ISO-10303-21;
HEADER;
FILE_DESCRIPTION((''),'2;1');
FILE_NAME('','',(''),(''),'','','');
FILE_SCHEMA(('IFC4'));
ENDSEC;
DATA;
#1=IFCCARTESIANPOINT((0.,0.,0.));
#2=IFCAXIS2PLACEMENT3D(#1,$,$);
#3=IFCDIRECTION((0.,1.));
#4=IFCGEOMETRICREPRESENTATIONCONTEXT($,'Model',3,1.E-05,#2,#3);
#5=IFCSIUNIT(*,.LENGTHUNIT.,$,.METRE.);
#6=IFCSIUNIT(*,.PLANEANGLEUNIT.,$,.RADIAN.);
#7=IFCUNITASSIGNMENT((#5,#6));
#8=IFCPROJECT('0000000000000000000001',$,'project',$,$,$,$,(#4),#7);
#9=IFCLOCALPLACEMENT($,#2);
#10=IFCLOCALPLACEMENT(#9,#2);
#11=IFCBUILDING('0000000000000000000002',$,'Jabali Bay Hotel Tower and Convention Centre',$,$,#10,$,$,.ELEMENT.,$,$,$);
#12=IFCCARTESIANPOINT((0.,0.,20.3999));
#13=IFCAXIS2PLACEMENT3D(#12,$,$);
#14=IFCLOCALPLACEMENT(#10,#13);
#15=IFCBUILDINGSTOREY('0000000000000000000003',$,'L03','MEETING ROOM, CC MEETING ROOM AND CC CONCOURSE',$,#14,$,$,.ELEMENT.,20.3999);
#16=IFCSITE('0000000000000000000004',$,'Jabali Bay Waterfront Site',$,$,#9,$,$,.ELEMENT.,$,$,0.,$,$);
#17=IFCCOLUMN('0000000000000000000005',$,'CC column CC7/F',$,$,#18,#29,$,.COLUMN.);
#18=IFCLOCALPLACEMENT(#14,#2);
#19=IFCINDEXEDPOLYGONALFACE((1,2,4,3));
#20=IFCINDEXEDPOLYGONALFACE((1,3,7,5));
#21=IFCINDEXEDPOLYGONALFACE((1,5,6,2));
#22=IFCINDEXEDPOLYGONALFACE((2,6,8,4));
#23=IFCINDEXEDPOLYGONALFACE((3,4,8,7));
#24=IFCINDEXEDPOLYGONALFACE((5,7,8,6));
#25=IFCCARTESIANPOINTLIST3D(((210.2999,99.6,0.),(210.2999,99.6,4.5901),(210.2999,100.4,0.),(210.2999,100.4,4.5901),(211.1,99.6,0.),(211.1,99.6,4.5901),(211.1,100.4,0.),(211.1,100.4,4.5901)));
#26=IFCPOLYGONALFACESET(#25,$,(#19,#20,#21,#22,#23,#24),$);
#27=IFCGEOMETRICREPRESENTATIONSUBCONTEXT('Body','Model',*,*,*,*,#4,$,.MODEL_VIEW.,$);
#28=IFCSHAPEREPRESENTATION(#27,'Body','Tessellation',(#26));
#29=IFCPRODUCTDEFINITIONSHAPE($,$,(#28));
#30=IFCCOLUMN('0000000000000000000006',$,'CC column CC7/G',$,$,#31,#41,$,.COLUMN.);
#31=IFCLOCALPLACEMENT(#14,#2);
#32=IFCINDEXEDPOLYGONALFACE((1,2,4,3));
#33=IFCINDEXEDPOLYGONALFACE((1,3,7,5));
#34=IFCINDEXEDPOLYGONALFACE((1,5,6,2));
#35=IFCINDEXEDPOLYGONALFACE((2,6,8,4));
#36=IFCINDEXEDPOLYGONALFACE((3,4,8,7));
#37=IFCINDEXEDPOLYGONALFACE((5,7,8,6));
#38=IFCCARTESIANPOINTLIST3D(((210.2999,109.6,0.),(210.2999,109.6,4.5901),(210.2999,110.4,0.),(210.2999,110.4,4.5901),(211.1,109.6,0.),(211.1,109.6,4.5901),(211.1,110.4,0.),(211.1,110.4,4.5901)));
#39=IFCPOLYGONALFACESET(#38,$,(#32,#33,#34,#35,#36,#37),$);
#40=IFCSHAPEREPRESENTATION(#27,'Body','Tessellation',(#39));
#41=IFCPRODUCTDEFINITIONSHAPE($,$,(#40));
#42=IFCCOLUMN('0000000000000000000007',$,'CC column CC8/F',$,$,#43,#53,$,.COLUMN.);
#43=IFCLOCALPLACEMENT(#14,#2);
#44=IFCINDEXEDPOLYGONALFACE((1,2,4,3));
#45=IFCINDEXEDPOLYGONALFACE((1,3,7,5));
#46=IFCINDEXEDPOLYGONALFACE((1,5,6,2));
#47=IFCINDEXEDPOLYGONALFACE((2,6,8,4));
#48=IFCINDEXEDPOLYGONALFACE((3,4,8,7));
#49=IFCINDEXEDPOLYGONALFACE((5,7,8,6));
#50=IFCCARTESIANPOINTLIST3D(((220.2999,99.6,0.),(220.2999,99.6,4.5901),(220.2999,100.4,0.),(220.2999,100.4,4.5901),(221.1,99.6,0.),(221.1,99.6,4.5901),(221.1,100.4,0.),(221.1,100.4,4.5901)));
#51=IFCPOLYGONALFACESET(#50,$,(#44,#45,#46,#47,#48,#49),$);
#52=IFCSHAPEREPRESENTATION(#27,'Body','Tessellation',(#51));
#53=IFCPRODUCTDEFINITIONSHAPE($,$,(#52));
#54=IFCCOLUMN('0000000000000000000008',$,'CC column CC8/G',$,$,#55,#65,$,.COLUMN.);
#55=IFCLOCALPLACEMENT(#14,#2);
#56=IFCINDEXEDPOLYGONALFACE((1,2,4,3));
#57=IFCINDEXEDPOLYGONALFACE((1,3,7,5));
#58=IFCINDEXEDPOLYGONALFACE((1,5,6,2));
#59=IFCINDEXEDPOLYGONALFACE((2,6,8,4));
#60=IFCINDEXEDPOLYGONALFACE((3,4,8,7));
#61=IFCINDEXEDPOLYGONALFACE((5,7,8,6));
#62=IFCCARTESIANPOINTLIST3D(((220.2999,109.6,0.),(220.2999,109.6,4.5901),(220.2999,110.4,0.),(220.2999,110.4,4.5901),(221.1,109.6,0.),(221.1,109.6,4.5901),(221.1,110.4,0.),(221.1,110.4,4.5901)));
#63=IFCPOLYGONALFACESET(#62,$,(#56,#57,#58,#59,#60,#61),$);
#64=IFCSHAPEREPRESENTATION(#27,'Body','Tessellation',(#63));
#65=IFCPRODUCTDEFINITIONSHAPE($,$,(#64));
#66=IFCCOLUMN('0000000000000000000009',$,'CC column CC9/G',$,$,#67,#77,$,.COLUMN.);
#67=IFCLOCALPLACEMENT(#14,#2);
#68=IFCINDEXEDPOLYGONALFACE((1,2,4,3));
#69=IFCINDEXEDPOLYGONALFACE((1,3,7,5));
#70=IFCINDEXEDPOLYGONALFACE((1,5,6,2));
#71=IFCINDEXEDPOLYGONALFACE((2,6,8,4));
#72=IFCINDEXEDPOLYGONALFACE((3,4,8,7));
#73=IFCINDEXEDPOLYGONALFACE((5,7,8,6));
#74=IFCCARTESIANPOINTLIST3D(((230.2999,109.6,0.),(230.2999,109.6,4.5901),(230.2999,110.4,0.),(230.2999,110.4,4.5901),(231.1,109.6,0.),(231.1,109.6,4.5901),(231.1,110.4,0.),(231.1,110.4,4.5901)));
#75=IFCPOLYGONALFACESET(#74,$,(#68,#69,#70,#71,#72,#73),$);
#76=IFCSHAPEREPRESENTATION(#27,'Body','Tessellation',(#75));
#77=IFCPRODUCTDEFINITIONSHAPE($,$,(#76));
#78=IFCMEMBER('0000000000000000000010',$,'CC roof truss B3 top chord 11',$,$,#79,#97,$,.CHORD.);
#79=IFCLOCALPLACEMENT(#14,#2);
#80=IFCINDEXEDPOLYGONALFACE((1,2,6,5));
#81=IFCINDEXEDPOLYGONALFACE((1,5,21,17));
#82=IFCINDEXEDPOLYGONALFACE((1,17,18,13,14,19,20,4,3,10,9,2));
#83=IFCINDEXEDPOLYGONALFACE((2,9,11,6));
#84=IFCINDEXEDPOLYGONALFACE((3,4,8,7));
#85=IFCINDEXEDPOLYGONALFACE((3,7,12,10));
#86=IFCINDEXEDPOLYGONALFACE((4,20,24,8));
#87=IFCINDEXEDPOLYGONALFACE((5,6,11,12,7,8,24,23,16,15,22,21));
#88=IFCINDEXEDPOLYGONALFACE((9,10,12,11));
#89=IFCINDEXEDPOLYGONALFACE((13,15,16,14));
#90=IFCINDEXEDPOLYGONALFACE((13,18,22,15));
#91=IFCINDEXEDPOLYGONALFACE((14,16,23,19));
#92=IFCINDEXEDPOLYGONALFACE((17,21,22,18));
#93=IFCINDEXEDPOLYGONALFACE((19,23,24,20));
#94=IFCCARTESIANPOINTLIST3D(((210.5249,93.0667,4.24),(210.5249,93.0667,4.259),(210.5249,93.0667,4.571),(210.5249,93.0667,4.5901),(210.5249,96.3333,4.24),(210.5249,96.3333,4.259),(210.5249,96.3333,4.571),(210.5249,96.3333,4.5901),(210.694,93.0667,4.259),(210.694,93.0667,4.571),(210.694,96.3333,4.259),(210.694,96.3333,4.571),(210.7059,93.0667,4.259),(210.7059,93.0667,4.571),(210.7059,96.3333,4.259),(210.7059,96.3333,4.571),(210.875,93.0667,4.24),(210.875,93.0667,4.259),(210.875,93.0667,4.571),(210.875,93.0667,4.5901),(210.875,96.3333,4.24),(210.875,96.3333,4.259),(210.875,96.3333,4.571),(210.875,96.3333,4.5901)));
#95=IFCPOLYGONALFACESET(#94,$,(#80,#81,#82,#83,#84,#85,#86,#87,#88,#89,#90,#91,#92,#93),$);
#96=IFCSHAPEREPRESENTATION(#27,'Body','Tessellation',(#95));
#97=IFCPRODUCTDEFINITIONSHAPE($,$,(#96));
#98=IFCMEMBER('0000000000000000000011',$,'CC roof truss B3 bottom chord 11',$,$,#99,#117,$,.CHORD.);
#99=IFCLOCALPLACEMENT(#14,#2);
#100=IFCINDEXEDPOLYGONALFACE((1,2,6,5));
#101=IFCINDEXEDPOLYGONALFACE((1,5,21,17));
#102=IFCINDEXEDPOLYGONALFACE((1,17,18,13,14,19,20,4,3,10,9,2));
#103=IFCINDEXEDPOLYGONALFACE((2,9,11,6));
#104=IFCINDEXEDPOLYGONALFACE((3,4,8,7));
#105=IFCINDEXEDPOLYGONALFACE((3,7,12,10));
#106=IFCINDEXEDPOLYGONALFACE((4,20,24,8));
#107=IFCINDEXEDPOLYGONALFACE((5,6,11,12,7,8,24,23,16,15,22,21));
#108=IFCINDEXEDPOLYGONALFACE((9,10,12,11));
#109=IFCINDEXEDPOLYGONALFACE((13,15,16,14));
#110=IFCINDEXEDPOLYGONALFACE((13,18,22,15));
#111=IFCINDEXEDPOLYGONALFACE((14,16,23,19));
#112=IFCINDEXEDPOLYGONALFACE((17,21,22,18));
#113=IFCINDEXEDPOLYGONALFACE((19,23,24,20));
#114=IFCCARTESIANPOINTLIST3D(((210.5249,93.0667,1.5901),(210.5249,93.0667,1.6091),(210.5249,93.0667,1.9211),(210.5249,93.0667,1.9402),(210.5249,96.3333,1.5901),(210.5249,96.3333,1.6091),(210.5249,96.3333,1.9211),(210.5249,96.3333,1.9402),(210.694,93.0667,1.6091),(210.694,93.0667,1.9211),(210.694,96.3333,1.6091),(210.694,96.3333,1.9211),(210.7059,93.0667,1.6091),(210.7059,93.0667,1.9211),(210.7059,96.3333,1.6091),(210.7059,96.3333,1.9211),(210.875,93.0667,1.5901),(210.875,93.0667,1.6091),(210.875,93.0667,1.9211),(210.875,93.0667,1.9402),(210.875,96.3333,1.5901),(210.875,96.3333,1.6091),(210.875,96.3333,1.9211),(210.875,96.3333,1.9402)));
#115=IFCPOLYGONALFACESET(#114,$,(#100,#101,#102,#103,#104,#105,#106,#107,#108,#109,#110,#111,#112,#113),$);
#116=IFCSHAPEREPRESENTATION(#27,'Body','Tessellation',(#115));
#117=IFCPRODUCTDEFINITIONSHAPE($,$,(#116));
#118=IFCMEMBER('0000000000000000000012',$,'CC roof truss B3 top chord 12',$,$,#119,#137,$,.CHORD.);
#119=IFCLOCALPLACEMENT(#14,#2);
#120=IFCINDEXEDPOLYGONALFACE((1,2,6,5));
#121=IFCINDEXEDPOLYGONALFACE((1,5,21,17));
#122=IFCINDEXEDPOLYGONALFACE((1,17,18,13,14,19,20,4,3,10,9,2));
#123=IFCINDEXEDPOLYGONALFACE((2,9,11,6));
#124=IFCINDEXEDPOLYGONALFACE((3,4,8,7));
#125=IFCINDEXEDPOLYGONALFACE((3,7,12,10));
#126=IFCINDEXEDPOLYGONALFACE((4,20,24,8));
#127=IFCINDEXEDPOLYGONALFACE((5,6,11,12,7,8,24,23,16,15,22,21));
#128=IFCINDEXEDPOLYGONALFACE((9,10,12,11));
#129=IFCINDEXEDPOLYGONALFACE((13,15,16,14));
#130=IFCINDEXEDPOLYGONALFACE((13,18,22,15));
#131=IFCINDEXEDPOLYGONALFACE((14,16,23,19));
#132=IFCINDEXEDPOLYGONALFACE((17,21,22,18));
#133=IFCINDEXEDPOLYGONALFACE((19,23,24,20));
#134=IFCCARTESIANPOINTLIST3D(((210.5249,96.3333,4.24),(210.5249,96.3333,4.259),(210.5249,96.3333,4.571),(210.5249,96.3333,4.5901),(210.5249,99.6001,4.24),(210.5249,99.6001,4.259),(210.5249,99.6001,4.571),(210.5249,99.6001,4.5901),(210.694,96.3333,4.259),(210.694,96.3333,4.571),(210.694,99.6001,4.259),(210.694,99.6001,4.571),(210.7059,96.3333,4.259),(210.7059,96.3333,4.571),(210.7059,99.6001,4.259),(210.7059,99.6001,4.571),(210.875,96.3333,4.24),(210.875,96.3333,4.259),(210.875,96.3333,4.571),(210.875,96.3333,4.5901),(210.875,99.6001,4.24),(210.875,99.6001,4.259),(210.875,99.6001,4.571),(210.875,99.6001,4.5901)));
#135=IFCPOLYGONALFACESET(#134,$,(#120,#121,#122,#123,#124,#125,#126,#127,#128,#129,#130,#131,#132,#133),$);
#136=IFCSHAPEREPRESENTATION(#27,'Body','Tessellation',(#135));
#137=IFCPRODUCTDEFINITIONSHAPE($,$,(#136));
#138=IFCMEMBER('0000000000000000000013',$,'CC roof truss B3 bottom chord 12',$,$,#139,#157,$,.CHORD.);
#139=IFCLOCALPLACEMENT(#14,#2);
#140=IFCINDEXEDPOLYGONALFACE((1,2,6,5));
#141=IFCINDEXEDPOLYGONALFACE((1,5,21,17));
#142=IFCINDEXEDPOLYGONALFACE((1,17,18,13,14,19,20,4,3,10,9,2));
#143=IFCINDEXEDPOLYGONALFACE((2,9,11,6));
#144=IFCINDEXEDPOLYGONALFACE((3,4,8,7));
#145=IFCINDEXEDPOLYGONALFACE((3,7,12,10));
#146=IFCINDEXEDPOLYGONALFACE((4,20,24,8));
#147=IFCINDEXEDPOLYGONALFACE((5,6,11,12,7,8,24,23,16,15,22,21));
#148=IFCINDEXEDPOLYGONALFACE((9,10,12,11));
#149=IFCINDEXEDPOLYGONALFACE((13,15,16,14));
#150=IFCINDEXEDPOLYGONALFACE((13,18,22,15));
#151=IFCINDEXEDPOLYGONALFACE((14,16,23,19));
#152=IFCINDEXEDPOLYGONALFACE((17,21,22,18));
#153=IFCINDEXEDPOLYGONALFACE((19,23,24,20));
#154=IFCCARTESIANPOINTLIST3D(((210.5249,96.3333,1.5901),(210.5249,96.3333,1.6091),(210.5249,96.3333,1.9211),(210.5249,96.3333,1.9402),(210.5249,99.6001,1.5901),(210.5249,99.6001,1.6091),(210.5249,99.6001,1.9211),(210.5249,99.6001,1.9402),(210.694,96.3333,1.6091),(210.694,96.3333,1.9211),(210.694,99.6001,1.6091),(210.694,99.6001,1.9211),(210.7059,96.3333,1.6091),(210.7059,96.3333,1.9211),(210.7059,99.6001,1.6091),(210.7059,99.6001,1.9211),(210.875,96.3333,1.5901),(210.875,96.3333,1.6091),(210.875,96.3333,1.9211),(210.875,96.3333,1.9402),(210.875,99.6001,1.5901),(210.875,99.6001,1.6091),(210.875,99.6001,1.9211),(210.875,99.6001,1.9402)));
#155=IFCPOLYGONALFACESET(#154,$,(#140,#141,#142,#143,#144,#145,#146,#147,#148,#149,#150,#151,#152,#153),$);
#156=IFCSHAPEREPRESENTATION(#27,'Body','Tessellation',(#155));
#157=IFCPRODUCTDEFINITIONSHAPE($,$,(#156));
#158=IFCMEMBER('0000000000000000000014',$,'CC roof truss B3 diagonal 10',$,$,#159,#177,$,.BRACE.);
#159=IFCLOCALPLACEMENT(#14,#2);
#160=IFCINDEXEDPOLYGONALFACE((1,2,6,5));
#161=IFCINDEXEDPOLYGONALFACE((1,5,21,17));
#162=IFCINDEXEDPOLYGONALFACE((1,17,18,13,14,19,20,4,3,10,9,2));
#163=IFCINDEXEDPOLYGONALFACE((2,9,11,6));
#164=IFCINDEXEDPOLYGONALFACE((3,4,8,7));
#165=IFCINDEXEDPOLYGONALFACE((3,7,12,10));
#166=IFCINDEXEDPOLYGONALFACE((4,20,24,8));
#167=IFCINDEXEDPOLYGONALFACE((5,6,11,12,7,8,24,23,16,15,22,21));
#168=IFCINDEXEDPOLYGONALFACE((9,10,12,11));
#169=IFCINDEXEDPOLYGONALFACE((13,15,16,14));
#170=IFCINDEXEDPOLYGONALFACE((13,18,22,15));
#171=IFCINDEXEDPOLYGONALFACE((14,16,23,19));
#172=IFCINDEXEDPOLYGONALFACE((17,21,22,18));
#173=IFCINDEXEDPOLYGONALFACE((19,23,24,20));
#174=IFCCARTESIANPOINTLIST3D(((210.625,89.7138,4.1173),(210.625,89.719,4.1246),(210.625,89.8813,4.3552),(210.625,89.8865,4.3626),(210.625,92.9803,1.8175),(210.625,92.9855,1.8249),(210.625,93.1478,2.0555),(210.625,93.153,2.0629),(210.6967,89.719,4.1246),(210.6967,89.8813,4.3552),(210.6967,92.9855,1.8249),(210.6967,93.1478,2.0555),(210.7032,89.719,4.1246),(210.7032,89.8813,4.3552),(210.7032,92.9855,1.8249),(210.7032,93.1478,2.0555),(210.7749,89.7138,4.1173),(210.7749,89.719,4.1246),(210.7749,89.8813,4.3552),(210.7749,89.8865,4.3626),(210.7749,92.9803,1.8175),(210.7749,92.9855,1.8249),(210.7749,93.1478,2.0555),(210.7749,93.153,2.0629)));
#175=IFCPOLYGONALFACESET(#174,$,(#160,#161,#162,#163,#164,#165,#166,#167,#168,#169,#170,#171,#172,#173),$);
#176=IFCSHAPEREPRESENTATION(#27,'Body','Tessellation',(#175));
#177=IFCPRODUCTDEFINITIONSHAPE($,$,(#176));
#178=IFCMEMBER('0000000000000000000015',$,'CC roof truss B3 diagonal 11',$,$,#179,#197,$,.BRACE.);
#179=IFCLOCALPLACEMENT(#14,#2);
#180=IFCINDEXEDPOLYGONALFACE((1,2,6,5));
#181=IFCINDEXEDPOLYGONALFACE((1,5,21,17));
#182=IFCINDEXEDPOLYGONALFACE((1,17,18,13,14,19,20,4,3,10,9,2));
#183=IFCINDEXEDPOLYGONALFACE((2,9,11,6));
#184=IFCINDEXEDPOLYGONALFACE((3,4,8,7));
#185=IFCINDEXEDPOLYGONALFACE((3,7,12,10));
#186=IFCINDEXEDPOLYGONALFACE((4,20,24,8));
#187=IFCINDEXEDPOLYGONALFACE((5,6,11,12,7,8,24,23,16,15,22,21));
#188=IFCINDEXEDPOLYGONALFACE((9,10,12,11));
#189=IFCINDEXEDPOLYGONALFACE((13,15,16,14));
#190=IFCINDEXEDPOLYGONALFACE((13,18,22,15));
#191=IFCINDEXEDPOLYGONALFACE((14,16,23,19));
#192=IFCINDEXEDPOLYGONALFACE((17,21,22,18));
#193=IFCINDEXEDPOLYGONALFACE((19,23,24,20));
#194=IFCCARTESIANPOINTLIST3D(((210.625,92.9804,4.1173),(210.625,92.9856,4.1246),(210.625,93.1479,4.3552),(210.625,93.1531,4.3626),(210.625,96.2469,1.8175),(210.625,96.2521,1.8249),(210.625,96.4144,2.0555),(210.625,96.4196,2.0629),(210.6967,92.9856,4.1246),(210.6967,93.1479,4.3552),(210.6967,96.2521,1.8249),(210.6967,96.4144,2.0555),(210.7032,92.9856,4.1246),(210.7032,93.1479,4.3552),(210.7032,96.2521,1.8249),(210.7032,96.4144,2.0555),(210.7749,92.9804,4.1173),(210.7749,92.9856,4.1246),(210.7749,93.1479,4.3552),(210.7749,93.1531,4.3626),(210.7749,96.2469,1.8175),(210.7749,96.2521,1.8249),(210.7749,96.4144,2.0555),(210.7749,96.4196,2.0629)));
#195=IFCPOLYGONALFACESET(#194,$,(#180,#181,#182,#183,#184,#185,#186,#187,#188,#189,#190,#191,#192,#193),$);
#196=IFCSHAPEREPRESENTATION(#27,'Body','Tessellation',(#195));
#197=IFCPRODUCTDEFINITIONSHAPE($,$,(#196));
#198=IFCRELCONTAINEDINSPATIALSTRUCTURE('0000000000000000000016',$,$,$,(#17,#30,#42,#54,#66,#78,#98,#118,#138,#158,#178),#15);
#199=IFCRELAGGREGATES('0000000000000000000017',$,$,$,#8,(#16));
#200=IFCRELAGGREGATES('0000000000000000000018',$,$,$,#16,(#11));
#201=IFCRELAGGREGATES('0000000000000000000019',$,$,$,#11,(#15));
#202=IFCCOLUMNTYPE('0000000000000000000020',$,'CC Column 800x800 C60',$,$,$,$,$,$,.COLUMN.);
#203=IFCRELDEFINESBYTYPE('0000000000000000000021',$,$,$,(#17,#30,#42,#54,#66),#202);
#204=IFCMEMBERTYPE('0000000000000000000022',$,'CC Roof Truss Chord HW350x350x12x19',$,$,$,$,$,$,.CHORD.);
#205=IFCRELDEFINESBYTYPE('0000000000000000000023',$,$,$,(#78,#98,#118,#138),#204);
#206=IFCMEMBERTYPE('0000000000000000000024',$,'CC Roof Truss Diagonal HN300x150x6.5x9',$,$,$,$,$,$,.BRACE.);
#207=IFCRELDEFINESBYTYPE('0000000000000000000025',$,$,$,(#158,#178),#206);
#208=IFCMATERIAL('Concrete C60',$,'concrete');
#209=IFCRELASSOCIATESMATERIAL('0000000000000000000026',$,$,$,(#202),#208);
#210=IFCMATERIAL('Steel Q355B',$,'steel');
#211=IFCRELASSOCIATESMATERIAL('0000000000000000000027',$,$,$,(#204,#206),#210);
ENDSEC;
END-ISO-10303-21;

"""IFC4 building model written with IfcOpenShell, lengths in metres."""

from ifc_helpers import new_model, si_unit, direction, frame, origin, origin_2d, place, context, subcontext, project, spatial, rectangle, i_section, extrude, material, material_profile, profile_set, type_object, element, save


model = new_model("IFC4")

# Units and contexts
model_context = context("Model", 3, precision=1e-05, world=origin(), true_north=direction((0.0, 1.0)))
body_context = subcontext(model_context, "Body", "Model", "MODEL_VIEW")
ifc_project = project(units=[si_unit("LENGTHUNIT", "METRE"), si_unit("PLANEANGLEUNIT", "RADIAN")], contexts=[model_context])

# Site, building, storey
site_placement = place(None, origin())
site = spatial("IfcSite", under=ifc_project, at=site_placement, Name="Jabali Bay Waterfront Site", CompositionType="ELEMENT", RefElevation=0.0)
building_placement = place(site_placement, origin())
building = spatial("IfcBuilding", under=site, at=building_placement, Name="Jabali Bay Hotel Tower and Convention Centre", CompositionType="ELEMENT")
storey_placement = place(building_placement, frame((0.0, 0.0, 20.3999)))
storey = spatial("IfcBuildingStorey", under=building, at=storey_placement, Name="L03", Description="MEETING ROOM, CC MEETING ROOM AND CC CONCOURSE", CompositionType="ELEMENT", Elevation=20.3999)

# Columns
ifc_material_1 = material(Name="Concrete C60", Category="concrete")
ifc_material_profile_1 = material_profile(ifc_material_1, rectangle(XDim=0.8, YDim=0.8, at=origin_2d()), Name="RC 800x800")
ifc_profile_set_1 = profile_set([ifc_material_profile_1], Name="Concrete C60")
column_type = type_object("IfcColumnType", Name="CC Column 800x800 C60", PredefinedType="COLUMN", material=ifc_profile_set_1)
for number, where, z_axis, x_axis, name in (
    (1, (210.7, 100.0, 0.0), (0.0, 0.0, 1.0), (1.0, 0.0, 0.0), "CC column CC7/F"),
    (2, (210.7, 110.0, 0.0), (0.0, 0.0, 1.0), (1.0, 0.0, 0.0), "CC column CC7/G"),
    (3, (220.7, 100.0, 0.0), (0.0, 0.0, 1.0), (1.0, 0.0, 0.0), "CC column CC8/F"),
    (4, (220.7, 110.0, 0.0), (0.0, 0.0, 1.0), (1.0, 0.0, 0.0), "CC column CC8/G"),
    (5, (230.7, 110.0, 0.0), (0.0, 0.0, 1.0), (1.0, 0.0, 0.0), "CC column CC9/G"),
):
    element("IfcColumn", number, at=place(storey_placement, frame(where, z_axis=z_axis, x_axis=x_axis)), inside=storey, type_object=column_type, Name=name, PredefinedType="COLUMN", context=body_context, shape_type="SweptSolid", body=[
        extrude(rectangle(XDim=0.8, YDim=0.8, at=origin_2d()), origin(), (0.0, 0.0, 1.0), 4.5901),
    ])

# Members
ifc_material_2 = material(Name="Steel Q355B", Category="steel")
ifc_material_profile_2 = material_profile(ifc_material_2, i_section(OverallWidth=0.3501, OverallDepth=0.3501, WebThickness=0.012, FlangeThickness=0.019, at=origin_2d()), Name="HW350x350x12x19")
ifc_profile_set_2 = profile_set([ifc_material_profile_2], Name="Steel Q355B")
member_type_1 = type_object("IfcMemberType", Name="CC Roof Truss Chord HW350x350x12x19", PredefinedType="CHORD", material=ifc_profile_set_2)
for number, where, z_axis, x_axis, name in (
    (6, (210.7, 93.0667, 4.415), (0.0, 1.0, 0.0), (-1.0, 0.0, 0.0), "CC roof truss B3 top chord 11"),
    (7, (210.7, 93.0667, 1.7651), (0.0, 1.0, 0.0), (-1.0, 0.0, 0.0), "CC roof truss B3 bottom chord 11"),
):
    element("IfcMember", number, at=place(storey_placement, frame(where, z_axis=z_axis, x_axis=x_axis)), inside=storey, type_object=member_type_1, Name=name, PredefinedType="CHORD", context=body_context, shape_type="SweptSolid", body=[
        extrude(i_section(OverallWidth=0.3501, OverallDepth=0.3501, WebThickness=0.012, FlangeThickness=0.019, at=origin_2d()), origin(), (0.0, 0.0, 1.0), 3.2666),
    ])
for number, where, z_axis, x_axis, name in (
    (8, (210.7, 96.3333, 4.415), (0.0, 1.0, 0.0), (-1.0, 0.0, 0.0), "CC roof truss B3 top chord 12"),
    (9, (210.7, 96.3333, 1.7651), (0.0, 1.0, 0.0), (-1.0, 0.0, 0.0), "CC roof truss B3 bottom chord 12"),
):
    element("IfcMember", number, at=place(storey_placement, frame(where, z_axis=z_axis, x_axis=x_axis)), inside=storey, type_object=member_type_1, Name=name, PredefinedType="CHORD", context=body_context, shape_type="SweptSolid", body=[
        extrude(i_section(OverallWidth=0.3501, OverallDepth=0.3501, WebThickness=0.012, FlangeThickness=0.019, at=origin_2d()), origin(), (0.0, 0.0, 1.0), 3.2668),
    ])
ifc_material_profile_3 = material_profile(ifc_material_2, i_section(OverallWidth=0.1499, OverallDepth=0.3, WebThickness=0.0066, FlangeThickness=0.009, at=origin_2d()), Name="HN300x150x6.5x9")
ifc_profile_set_3 = profile_set([ifc_material_profile_3], Name="Steel Q355B")
member_type_2 = type_object("IfcMemberType", Name="CC Roof Truss Diagonal HN300x150x6.5x9", PredefinedType="BRACE", material=ifc_profile_set_3)
for number, where, z_axis, x_axis, name in (
    (10, (210.7, 93.0667, 1.9402), (0.0, -0.817679, 0.575675), (1.0, 0.0, 0.0), "CC roof truss B3 diagonal 10"),
    (11, (210.7, 96.3333, 1.9402), (0.0, -0.817679, 0.575675), (1.0, 0.0, 0.0), "CC roof truss B3 diagonal 11"),
):
    element("IfcMember", number, at=place(storey_placement, frame(where, z_axis=z_axis, x_axis=x_axis)), inside=storey, type_object=member_type_2, Name=name, PredefinedType="BRACE", context=body_context, shape_type="SweptSolid", body=[
        extrude(i_section(OverallWidth=0.1499, OverallDepth=0.3, WebThickness=0.0066, FlangeThickness=0.009, at=origin_2d()), origin(), (0.0, 0.0, 1.0), 3.9949),
    ])

save(model, "model.ifc")
